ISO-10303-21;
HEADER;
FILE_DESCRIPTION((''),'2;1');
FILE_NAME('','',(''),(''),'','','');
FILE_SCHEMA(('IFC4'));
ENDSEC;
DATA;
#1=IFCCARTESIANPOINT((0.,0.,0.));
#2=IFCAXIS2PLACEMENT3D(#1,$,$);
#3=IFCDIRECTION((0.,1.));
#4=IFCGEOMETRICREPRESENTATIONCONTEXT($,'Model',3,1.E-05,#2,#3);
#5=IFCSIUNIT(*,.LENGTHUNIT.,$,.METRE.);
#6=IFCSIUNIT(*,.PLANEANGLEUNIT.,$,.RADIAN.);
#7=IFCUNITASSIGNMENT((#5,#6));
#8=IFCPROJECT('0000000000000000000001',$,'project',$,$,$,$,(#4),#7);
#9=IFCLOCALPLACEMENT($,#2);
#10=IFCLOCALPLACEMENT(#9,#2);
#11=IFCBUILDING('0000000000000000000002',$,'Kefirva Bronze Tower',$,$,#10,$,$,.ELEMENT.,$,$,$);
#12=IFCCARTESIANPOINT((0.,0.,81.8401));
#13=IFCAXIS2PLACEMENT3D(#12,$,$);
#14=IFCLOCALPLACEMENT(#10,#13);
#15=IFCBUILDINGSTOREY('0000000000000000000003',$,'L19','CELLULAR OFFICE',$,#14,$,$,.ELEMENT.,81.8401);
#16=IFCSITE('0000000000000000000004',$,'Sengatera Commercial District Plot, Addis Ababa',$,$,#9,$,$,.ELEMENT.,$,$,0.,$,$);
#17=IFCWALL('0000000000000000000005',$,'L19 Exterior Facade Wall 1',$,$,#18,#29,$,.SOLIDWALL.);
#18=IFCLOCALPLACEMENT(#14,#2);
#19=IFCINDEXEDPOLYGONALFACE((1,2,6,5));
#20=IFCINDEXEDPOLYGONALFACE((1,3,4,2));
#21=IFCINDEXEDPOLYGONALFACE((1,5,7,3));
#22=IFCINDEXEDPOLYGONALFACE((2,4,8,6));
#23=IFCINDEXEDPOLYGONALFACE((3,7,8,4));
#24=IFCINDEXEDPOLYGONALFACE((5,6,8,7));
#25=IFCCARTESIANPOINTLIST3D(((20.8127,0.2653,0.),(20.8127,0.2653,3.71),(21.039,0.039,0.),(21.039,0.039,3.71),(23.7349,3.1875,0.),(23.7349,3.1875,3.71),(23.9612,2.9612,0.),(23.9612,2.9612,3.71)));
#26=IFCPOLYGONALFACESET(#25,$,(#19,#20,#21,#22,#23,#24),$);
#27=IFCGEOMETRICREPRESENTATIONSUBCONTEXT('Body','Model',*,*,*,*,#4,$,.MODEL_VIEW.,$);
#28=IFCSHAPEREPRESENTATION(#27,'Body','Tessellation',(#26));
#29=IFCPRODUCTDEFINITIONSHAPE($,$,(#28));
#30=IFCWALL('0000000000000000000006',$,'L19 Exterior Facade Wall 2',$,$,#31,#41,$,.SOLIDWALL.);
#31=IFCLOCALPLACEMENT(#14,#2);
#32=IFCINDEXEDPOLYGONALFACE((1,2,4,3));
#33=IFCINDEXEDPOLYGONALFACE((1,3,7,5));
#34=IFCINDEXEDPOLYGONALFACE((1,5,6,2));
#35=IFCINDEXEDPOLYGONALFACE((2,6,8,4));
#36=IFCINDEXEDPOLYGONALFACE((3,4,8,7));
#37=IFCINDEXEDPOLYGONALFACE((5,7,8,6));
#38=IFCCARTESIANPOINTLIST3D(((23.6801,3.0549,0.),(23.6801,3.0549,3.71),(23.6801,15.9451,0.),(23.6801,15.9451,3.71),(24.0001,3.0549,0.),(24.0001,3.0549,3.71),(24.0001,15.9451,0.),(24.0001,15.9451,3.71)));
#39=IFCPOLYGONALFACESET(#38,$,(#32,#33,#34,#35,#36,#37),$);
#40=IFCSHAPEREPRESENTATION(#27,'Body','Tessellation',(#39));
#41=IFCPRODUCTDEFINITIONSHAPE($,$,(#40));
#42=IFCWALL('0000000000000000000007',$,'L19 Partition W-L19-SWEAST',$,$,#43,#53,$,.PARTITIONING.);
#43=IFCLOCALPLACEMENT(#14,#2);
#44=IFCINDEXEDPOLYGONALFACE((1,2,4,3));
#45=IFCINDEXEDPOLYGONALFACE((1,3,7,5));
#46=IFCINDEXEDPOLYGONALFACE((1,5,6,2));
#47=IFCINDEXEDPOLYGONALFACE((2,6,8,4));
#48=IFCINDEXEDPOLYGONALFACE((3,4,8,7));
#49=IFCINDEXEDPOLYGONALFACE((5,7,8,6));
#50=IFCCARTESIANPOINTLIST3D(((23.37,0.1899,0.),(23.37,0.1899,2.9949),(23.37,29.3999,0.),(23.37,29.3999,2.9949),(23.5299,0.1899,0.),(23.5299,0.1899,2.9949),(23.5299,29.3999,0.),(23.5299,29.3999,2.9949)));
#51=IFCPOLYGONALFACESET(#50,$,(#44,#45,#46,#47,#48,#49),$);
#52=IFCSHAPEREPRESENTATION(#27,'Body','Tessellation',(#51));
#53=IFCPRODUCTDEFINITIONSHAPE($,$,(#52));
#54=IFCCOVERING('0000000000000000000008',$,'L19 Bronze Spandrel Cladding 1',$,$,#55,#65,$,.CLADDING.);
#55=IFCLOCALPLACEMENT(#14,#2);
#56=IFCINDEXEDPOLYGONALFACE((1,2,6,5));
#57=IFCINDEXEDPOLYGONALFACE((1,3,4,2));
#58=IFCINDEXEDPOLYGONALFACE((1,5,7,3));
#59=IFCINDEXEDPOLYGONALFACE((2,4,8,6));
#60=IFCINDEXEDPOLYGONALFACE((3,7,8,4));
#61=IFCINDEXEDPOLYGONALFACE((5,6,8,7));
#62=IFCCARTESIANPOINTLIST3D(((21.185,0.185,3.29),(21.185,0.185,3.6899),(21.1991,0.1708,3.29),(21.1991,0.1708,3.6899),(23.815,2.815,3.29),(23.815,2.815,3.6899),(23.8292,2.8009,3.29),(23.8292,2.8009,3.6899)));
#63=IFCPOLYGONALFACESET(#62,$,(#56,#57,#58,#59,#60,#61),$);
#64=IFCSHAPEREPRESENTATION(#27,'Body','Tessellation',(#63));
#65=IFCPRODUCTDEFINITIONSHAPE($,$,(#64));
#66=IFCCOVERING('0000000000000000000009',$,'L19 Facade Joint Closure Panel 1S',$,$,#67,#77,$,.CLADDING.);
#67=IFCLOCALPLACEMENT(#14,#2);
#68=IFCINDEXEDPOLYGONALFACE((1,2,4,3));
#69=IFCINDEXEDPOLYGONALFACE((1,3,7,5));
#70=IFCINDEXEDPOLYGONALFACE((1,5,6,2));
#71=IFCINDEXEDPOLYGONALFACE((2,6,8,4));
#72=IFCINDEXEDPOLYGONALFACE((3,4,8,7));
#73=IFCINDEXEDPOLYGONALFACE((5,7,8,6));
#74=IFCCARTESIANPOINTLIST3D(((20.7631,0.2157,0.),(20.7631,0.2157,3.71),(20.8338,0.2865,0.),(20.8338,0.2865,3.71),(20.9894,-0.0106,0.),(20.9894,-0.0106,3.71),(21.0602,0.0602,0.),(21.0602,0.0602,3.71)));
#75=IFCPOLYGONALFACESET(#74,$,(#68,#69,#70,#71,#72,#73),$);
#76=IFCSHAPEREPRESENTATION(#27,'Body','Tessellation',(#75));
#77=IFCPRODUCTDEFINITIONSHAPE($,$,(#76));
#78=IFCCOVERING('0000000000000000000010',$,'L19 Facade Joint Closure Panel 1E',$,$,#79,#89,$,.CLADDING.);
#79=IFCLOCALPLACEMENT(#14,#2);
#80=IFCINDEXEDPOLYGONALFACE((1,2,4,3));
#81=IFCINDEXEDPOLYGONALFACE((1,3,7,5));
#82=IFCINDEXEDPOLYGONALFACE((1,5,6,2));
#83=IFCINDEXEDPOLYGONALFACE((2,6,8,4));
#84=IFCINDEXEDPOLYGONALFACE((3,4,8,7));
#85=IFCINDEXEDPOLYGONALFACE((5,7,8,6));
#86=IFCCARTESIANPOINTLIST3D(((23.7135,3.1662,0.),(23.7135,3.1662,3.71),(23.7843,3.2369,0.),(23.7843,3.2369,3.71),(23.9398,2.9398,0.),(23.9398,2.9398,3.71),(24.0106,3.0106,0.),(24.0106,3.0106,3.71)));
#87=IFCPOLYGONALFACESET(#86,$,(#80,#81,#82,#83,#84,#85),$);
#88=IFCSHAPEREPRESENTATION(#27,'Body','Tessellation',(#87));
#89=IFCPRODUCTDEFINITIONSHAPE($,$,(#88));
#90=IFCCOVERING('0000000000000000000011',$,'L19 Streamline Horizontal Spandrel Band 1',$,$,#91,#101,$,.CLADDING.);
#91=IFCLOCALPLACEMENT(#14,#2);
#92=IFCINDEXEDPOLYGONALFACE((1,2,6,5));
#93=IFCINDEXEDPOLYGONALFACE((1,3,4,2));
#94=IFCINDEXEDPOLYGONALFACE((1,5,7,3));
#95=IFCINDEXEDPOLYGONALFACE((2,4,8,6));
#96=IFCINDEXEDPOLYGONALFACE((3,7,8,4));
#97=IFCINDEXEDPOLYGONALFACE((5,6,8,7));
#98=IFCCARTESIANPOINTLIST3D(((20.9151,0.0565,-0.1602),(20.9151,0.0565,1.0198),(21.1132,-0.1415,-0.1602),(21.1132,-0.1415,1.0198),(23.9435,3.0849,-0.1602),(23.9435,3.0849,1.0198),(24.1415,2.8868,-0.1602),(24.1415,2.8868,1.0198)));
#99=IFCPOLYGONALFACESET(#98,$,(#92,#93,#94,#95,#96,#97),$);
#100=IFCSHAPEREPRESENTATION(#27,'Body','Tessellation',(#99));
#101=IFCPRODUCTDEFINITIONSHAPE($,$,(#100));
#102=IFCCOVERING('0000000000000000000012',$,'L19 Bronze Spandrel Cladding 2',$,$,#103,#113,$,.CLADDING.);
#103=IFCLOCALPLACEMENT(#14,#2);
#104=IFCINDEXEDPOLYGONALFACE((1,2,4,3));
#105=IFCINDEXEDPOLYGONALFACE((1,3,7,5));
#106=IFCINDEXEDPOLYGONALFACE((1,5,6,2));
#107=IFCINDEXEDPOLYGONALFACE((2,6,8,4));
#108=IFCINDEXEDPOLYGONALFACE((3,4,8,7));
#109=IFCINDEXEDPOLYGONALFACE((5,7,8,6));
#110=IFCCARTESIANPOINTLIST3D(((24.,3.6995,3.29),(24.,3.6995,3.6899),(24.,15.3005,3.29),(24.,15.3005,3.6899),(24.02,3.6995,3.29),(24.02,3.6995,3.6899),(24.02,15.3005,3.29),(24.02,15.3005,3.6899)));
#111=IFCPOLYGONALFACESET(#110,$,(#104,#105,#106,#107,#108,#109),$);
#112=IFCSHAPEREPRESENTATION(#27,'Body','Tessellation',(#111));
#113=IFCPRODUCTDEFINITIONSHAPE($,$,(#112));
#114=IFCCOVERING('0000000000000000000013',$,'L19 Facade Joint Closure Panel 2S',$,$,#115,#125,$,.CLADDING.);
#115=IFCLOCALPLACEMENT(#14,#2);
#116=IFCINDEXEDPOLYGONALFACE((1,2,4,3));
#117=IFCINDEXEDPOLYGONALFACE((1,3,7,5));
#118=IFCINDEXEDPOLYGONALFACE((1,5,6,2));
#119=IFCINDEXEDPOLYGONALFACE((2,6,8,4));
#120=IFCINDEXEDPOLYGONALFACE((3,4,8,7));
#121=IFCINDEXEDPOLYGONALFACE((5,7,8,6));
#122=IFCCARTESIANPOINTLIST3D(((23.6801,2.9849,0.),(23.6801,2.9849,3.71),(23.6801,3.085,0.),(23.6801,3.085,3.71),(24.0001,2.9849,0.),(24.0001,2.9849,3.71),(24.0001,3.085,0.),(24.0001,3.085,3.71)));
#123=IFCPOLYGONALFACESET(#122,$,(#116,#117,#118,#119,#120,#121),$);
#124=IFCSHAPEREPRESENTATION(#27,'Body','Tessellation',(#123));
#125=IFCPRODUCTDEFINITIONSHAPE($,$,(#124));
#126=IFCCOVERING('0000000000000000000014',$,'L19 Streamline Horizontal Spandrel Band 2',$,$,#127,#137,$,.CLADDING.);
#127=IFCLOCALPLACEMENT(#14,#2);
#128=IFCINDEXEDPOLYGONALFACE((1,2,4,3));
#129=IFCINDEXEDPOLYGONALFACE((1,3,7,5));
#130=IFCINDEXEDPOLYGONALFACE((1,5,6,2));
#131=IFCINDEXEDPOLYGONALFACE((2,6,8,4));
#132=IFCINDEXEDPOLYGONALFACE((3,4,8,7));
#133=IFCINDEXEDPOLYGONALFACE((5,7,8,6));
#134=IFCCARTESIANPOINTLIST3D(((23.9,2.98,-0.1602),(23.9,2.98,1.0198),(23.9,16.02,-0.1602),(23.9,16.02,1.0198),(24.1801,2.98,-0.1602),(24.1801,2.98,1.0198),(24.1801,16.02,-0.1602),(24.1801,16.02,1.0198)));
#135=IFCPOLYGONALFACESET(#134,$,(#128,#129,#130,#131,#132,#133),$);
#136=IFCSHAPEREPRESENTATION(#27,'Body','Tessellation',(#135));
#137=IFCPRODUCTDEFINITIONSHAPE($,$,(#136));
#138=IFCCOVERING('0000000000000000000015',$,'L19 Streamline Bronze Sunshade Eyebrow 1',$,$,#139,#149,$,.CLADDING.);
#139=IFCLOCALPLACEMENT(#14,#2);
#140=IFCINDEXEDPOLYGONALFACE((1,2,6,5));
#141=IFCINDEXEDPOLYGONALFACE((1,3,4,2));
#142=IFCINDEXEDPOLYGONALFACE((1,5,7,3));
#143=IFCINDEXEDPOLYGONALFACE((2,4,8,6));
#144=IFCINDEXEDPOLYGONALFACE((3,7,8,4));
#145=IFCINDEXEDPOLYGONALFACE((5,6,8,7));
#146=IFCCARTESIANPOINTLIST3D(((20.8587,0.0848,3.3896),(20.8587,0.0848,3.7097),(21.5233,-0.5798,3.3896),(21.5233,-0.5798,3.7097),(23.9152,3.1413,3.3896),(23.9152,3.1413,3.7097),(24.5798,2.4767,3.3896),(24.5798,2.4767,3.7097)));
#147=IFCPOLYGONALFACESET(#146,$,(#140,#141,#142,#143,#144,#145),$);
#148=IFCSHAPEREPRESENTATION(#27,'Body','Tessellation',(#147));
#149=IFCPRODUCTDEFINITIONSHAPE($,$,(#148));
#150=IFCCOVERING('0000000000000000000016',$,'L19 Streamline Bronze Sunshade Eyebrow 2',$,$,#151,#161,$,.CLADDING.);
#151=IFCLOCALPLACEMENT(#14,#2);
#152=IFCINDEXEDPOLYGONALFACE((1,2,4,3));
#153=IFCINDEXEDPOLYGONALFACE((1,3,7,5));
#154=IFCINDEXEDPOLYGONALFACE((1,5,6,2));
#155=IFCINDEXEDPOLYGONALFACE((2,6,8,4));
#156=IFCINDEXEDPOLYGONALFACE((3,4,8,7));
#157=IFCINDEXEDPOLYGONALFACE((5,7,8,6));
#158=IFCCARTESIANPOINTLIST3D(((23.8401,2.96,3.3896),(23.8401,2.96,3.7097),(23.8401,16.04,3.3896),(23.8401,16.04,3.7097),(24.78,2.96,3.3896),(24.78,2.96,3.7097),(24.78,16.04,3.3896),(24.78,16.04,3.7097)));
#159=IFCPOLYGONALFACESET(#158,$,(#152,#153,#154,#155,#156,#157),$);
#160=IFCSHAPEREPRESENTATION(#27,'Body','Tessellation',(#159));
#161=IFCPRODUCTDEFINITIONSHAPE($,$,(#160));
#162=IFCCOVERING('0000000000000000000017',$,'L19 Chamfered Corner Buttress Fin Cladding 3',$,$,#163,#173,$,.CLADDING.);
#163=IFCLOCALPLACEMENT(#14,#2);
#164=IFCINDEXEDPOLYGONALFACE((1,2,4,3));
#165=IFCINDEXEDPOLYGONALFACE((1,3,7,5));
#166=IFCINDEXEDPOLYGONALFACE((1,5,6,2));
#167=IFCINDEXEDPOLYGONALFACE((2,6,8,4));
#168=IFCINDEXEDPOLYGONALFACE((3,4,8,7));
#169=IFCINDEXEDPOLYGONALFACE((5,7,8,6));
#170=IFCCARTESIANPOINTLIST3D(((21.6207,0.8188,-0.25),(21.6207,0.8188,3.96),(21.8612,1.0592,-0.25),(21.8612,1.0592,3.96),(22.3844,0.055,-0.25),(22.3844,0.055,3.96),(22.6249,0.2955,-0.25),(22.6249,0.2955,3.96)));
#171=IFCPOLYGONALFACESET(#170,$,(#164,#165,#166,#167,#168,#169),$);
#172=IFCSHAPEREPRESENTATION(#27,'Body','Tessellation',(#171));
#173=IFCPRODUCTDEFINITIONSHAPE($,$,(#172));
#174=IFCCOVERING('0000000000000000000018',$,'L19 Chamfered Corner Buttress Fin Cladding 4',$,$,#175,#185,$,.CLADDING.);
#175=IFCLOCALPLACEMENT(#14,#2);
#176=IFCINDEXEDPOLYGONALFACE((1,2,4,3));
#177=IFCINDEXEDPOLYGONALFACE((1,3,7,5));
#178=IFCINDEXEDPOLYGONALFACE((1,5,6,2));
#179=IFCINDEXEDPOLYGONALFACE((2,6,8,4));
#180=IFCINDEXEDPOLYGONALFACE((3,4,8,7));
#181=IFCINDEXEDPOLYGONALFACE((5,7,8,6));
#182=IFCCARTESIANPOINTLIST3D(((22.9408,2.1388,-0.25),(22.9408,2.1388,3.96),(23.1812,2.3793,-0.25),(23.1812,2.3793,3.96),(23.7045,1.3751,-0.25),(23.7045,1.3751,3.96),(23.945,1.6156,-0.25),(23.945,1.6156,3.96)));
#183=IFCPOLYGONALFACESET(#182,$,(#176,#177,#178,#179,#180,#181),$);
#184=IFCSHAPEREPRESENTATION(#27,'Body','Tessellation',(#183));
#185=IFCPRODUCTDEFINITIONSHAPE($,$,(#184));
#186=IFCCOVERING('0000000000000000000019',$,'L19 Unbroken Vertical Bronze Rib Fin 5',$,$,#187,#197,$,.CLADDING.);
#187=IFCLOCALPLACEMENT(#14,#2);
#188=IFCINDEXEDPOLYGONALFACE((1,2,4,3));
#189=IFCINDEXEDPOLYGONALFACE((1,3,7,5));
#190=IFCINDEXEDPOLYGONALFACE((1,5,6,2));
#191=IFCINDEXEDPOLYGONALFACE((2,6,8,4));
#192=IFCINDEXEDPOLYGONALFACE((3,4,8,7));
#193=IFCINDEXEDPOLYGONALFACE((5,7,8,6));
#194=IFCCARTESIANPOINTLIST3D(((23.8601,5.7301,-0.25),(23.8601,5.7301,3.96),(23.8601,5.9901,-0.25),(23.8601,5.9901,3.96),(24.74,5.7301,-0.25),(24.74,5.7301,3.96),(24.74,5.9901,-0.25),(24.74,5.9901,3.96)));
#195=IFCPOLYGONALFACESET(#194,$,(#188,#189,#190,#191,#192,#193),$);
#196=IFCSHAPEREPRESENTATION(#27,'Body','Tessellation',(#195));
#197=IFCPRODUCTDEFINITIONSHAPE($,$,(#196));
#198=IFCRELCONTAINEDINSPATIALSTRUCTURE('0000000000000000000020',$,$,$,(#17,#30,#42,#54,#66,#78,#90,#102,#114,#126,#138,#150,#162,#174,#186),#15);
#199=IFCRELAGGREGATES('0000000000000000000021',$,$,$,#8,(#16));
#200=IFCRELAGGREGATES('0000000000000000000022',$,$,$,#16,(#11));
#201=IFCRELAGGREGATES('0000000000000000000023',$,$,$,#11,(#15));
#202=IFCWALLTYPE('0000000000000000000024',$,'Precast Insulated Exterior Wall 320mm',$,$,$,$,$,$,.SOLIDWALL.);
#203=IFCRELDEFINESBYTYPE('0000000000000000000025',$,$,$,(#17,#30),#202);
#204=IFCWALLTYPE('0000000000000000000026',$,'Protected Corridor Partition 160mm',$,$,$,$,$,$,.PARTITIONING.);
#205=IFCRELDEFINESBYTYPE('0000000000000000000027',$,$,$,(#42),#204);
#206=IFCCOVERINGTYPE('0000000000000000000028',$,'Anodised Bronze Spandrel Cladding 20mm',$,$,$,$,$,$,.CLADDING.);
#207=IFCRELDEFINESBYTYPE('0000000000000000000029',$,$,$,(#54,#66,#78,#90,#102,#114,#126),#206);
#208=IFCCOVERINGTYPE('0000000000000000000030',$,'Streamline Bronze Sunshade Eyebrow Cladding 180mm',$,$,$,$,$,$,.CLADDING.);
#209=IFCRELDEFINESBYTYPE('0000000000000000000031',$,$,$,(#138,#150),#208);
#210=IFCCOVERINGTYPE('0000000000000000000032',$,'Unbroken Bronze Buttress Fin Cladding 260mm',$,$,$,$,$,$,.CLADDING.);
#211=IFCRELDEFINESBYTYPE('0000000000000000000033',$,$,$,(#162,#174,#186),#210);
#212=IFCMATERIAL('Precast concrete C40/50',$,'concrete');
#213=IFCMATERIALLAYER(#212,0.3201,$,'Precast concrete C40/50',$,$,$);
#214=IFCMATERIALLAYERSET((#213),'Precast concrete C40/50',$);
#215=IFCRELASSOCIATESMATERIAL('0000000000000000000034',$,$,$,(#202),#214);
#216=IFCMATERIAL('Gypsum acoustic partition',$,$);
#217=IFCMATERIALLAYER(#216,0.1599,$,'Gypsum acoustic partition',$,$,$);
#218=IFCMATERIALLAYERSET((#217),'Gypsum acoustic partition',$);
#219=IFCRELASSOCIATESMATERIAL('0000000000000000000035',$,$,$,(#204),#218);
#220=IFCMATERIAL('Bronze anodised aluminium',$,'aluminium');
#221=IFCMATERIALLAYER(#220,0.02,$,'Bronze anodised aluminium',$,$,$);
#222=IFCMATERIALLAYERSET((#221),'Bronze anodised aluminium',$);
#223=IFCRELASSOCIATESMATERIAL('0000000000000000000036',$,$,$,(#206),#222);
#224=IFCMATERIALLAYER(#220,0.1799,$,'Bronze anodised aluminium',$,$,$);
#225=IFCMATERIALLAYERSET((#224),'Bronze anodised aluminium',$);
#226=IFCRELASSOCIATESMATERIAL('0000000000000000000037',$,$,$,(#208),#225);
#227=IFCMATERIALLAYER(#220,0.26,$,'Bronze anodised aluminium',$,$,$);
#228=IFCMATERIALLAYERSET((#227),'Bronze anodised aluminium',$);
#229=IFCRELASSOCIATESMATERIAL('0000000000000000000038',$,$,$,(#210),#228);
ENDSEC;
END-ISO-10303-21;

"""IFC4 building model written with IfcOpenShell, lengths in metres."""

from ifc_helpers import new_model, si_unit, direction, frame, frame_2d, origin, origin_2d, place, context, subcontext, project, spatial, rectangle, extrude, material, layer, layer_set, type_object, element, save


model = new_model("IFC4")

# Units and contexts
model_context = context("Model", 3, precision=1e-05, world=origin(), true_north=direction((0.0, 1.0)))
body_context = subcontext(model_context, "Body", "Model", "MODEL_VIEW")
ifc_project = project(units=[si_unit("LENGTHUNIT", "METRE"), si_unit("PLANEANGLEUNIT", "RADIAN")], contexts=[model_context])

# Site, building, storey
site_placement = place(None, origin())
site = spatial("IfcSite", under=ifc_project, at=site_placement, Name="Sengatera Commercial District Plot, Addis Ababa", CompositionType="ELEMENT", RefElevation=0.0)
building_placement = place(site_placement, origin())
building = spatial("IfcBuilding", under=site, at=building_placement, Name="Kefirva Bronze Tower", CompositionType="ELEMENT")
storey_placement = place(building_placement, frame((0.0, 0.0, 81.8401)))
storey = spatial("IfcBuildingStorey", under=building, at=storey_placement, Name="L19", Description="CELLULAR OFFICE", CompositionType="ELEMENT", Elevation=81.8401)

# Shared definitions
ifc_material_1 = material(Name="Bronze anodised aluminium", Category="aluminium")

# Walls
ifc_material_2 = material(Name="Precast concrete C40/50", Category="concrete")
ifc_layer_1 = layer(ifc_material_2, 0.3201, Name="Precast concrete C40/50")
ifc_layer_set_1 = layer_set([ifc_layer_1], Name="Precast concrete C40/50")
wall_type_1 = type_object("IfcWallType", Name="Precast Insulated Exterior Wall 320mm", PredefinedType="SOLIDWALL", material=ifc_layer_set_1)
wall_1_placement = place(storey_placement, frame((20.9258, 0.1521, 0.0), z_axis=(0.0, 0.0, 1.0), x_axis=(0.707107, 0.707107, 0.0)))
element("IfcWall", 1, at=wall_1_placement, inside=storey, type_object=wall_type_1, Name="L19 Exterior Facade Wall 1", PredefinedType="SOLIDWALL", context=body_context, shape_type="SweptSolid", body=[
    extrude(rectangle(XDim=4.1326, YDim=0.3201, at=frame_2d((2.0664, 0.0))), origin(), (0.0, 0.0, 1.0), 3.71),
])
wall_2_placement = place(storey_placement, frame((23.8401, 3.0549, 0.0), z_axis=(0.0, 0.0, 1.0), x_axis=(0.0, 1.0, 0.0)))
element("IfcWall", 2, at=wall_2_placement, inside=storey, type_object=wall_type_1, Name="L19 Exterior Facade Wall 2", PredefinedType="SOLIDWALL", context=body_context, shape_type="SweptSolid", body=[
    extrude(rectangle(XDim=12.8901, YDim=0.3201, at=frame_2d((6.4451, 0.0))), origin(), (0.0, 0.0, 1.0), 3.71),
])
ifc_material_3 = material(Name="Gypsum acoustic partition")
ifc_layer_2 = layer(ifc_material_3, 0.1599, Name="Gypsum acoustic partition")
ifc_layer_set_2 = layer_set([ifc_layer_2], Name="Gypsum acoustic partition")
wall_type_2 = type_object("IfcWallType", Name="Protected Corridor Partition 160mm", PredefinedType="PARTITIONING", material=ifc_layer_set_2)
wall_3_placement = place(storey_placement, frame((23.45, 0.1899, 0.0), z_axis=(0.0, 0.0, 1.0), x_axis=(0.0, 1.0, 0.0)))
element("IfcWall", 3, at=wall_3_placement, inside=storey, type_object=wall_type_2, Name="L19 Partition W-L19-SWEAST", PredefinedType="PARTITIONING", context=body_context, shape_type="SweptSolid", body=[
    extrude(rectangle(XDim=29.21, YDim=0.1599, at=frame_2d((14.605, 0.0))), origin(), (0.0, 0.0, 1.0), 2.9949),
])

# Coverings
ifc_layer_3 = layer(ifc_material_1, 0.02, Name="Bronze anodised aluminium")
ifc_layer_set_3 = layer_set([ifc_layer_3], Name="Bronze anodised aluminium")
covering_type_1 = type_object("IfcCoveringType", Name="Anodised Bronze Spandrel Cladding 20mm", PredefinedType="CLADDING", material=ifc_layer_set_3)
covering_1_placement = place(storey_placement, frame((22.5071, 1.4929, 3.29), z_axis=(0.0, 0.0, 1.0), x_axis=(0.707107, 0.707107, 0.0)))
element("IfcCovering", 4, at=covering_1_placement, inside=storey, type_object=covering_type_1, Name="L19 Bronze Spandrel Cladding 1", PredefinedType="CLADDING", context=body_context, shape_type="SweptSolid", body=[
    extrude(rectangle(XDim=3.7195, YDim=0.02, at=origin_2d()), origin(), (0.0, 0.0, 1.0), 0.3999),
])
for number, where, z_axis, x_axis, name in (
    (5, (20.9116, 0.1379, 0.0), (0.0, 0.0, 1.0), (0.707107, 0.707107, 0.0), "L19 Facade Joint Closure Panel 1S"),
    (6, (23.8621, 3.0884, 0.0), (0.0, 0.0, 1.0), (0.707107, 0.707107, 0.0), "L19 Facade Joint Closure Panel 1E"),
):
    element("IfcCovering", number, at=place(storey_placement, frame(where, z_axis=z_axis, x_axis=x_axis)), inside=storey, type_object=covering_type_1, Name=name, PredefinedType="CLADDING", context=body_context, shape_type="SweptSolid", body=[
        extrude(rectangle(XDim=0.1001, YDim=0.3201, at=origin_2d()), origin(), (0.0, 0.0, 1.0), 3.71),
    ])
covering_2_placement = place(storey_placement, frame((22.5283, 1.4717, -0.1602), z_axis=(0.0, 0.0, 1.0), x_axis=(0.707107, 0.707107, 0.0)))
element("IfcCovering", 7, at=covering_2_placement, inside=storey, type_object=covering_type_1, Name="L19 Streamline Horizontal Spandrel Band 1", PredefinedType="CLADDING", context=body_context, shape_type="SweptSolid", body=[
    extrude(rectangle(XDim=4.2827, YDim=0.28, at=origin_2d()), origin(), (0.0, 0.0, 1.0), 1.1799),
])
covering_3_placement = place(storey_placement, frame((24.01, 9.5, 3.29), z_axis=(0.0, 0.0, 1.0), x_axis=(0.0, 1.0, 0.0)))
element("IfcCovering", 8, at=covering_3_placement, inside=storey, type_object=covering_type_1, Name="L19 Bronze Spandrel Cladding 2", PredefinedType="CLADDING", context=body_context, shape_type="SweptSolid", body=[
    extrude(rectangle(XDim=11.6011, YDim=0.02, at=origin_2d()), origin(), (0.0, 0.0, 1.0), 0.3999),
])
covering_4_placement = place(storey_placement, frame((23.8401, 3.0349, 0.0), z_axis=(0.0, 0.0, 1.0), x_axis=(0.0, 1.0, 0.0)))
element("IfcCovering", 9, at=covering_4_placement, inside=storey, type_object=covering_type_1, Name="L19 Facade Joint Closure Panel 2S", PredefinedType="CLADDING", context=body_context, shape_type="SweptSolid", body=[
    extrude(rectangle(XDim=0.1001, YDim=0.3201, at=origin_2d()), origin(), (0.0, 0.0, 1.0), 3.71),
])
covering_5_placement = place(storey_placement, frame((24.04, 9.5, -0.1602), z_axis=(0.0, 0.0, 1.0), x_axis=(0.0, 1.0, 0.0)))
element("IfcCovering", 10, at=covering_5_placement, inside=storey, type_object=covering_type_1, Name="L19 Streamline Horizontal Spandrel Band 2", PredefinedType="CLADDING", context=body_context, shape_type="SweptSolid", body=[
    extrude(rectangle(XDim=13.04, YDim=0.28, at=origin_2d()), origin(), (0.0, 0.0, 1.0), 1.1799),
])
ifc_layer_4 = layer(ifc_material_1, 0.1799, Name="Bronze anodised aluminium")
ifc_layer_set_4 = layer_set([ifc_layer_4], Name="Bronze anodised aluminium")
covering_type_2 = type_object("IfcCoveringType", Name="Streamline Bronze Sunshade Eyebrow Cladding 180mm", PredefinedType="CLADDING", material=ifc_layer_set_4)
covering_6_placement = place(storey_placement, frame((22.7192, 1.2808, 3.3896), z_axis=(0.0, 0.0, 1.0), x_axis=(0.707107, 0.707107, 0.0)))
element("IfcCovering", 11, at=covering_6_placement, inside=storey, type_object=covering_type_2, Name="L19 Streamline Bronze Sunshade Eyebrow 1", PredefinedType="CLADDING", context=body_context, shape_type="SweptSolid", body=[
    extrude(rectangle(XDim=4.3225, YDim=0.9399, at=origin_2d()), origin(), (0.0, 0.0, 1.0), 0.3201),
])
covering_7_placement = place(storey_placement, frame((24.3101, 9.5, 3.3896), z_axis=(0.0, 0.0, 1.0), x_axis=(0.0, 1.0, 0.0)))
element("IfcCovering", 12, at=covering_7_placement, inside=storey, type_object=covering_type_2, Name="L19 Streamline Bronze Sunshade Eyebrow 2", PredefinedType="CLADDING", context=body_context, shape_type="SweptSolid", body=[
    extrude(rectangle(XDim=13.0801, YDim=0.9399, at=origin_2d()), origin(), (0.0, 0.0, 1.0), 0.3201),
])
ifc_layer_5 = layer(ifc_material_1, 0.26, Name="Bronze anodised aluminium")
ifc_layer_set_5 = layer_set([ifc_layer_5], Name="Bronze anodised aluminium")
covering_type_3 = type_object("IfcCoveringType", Name="Unbroken Bronze Buttress Fin Cladding 260mm", PredefinedType="CLADDING", material=ifc_layer_set_5)
for number, where, z_axis, x_axis, name in (
    (13, (22.1228, 0.5571, -0.25), (0.0, 0.0, 1.0), (0.707107, 0.707107, 0.0), "L19 Chamfered Corner Buttress Fin Cladding 3"),
    (14, (23.4429, 1.8772, -0.25), (0.0, 0.0, 1.0), (0.707107, 0.707107, 0.0), "L19 Chamfered Corner Buttress Fin Cladding 4"),
):
    element("IfcCovering", number, at=place(storey_placement, frame(where, z_axis=z_axis, x_axis=x_axis)), inside=storey, type_object=covering_type_3, Name=name, PredefinedType="CLADDING", context=body_context, shape_type="SweptSolid", body=[
        extrude(rectangle(XDim=0.3401, YDim=1.0801, at=origin_2d()), origin(), (0.0, 0.0, 1.0), 4.21),
    ])
covering_8_placement = place(storey_placement, frame((24.3, 5.8601, -0.25), z_axis=(0.0, 0.0, 1.0), x_axis=(0.0, 1.0, 0.0)))
element("IfcCovering", 15, at=covering_8_placement, inside=storey, type_object=covering_type_3, Name="L19 Unbroken Vertical Bronze Rib Fin 5", PredefinedType="CLADDING", context=body_context, shape_type="SweptSolid", body=[
    extrude(rectangle(XDim=0.26, YDim=0.8799, at=origin_2d()), origin(), (0.0, 0.0, 1.0), 4.21),
])

save(model, "model.ifc")
